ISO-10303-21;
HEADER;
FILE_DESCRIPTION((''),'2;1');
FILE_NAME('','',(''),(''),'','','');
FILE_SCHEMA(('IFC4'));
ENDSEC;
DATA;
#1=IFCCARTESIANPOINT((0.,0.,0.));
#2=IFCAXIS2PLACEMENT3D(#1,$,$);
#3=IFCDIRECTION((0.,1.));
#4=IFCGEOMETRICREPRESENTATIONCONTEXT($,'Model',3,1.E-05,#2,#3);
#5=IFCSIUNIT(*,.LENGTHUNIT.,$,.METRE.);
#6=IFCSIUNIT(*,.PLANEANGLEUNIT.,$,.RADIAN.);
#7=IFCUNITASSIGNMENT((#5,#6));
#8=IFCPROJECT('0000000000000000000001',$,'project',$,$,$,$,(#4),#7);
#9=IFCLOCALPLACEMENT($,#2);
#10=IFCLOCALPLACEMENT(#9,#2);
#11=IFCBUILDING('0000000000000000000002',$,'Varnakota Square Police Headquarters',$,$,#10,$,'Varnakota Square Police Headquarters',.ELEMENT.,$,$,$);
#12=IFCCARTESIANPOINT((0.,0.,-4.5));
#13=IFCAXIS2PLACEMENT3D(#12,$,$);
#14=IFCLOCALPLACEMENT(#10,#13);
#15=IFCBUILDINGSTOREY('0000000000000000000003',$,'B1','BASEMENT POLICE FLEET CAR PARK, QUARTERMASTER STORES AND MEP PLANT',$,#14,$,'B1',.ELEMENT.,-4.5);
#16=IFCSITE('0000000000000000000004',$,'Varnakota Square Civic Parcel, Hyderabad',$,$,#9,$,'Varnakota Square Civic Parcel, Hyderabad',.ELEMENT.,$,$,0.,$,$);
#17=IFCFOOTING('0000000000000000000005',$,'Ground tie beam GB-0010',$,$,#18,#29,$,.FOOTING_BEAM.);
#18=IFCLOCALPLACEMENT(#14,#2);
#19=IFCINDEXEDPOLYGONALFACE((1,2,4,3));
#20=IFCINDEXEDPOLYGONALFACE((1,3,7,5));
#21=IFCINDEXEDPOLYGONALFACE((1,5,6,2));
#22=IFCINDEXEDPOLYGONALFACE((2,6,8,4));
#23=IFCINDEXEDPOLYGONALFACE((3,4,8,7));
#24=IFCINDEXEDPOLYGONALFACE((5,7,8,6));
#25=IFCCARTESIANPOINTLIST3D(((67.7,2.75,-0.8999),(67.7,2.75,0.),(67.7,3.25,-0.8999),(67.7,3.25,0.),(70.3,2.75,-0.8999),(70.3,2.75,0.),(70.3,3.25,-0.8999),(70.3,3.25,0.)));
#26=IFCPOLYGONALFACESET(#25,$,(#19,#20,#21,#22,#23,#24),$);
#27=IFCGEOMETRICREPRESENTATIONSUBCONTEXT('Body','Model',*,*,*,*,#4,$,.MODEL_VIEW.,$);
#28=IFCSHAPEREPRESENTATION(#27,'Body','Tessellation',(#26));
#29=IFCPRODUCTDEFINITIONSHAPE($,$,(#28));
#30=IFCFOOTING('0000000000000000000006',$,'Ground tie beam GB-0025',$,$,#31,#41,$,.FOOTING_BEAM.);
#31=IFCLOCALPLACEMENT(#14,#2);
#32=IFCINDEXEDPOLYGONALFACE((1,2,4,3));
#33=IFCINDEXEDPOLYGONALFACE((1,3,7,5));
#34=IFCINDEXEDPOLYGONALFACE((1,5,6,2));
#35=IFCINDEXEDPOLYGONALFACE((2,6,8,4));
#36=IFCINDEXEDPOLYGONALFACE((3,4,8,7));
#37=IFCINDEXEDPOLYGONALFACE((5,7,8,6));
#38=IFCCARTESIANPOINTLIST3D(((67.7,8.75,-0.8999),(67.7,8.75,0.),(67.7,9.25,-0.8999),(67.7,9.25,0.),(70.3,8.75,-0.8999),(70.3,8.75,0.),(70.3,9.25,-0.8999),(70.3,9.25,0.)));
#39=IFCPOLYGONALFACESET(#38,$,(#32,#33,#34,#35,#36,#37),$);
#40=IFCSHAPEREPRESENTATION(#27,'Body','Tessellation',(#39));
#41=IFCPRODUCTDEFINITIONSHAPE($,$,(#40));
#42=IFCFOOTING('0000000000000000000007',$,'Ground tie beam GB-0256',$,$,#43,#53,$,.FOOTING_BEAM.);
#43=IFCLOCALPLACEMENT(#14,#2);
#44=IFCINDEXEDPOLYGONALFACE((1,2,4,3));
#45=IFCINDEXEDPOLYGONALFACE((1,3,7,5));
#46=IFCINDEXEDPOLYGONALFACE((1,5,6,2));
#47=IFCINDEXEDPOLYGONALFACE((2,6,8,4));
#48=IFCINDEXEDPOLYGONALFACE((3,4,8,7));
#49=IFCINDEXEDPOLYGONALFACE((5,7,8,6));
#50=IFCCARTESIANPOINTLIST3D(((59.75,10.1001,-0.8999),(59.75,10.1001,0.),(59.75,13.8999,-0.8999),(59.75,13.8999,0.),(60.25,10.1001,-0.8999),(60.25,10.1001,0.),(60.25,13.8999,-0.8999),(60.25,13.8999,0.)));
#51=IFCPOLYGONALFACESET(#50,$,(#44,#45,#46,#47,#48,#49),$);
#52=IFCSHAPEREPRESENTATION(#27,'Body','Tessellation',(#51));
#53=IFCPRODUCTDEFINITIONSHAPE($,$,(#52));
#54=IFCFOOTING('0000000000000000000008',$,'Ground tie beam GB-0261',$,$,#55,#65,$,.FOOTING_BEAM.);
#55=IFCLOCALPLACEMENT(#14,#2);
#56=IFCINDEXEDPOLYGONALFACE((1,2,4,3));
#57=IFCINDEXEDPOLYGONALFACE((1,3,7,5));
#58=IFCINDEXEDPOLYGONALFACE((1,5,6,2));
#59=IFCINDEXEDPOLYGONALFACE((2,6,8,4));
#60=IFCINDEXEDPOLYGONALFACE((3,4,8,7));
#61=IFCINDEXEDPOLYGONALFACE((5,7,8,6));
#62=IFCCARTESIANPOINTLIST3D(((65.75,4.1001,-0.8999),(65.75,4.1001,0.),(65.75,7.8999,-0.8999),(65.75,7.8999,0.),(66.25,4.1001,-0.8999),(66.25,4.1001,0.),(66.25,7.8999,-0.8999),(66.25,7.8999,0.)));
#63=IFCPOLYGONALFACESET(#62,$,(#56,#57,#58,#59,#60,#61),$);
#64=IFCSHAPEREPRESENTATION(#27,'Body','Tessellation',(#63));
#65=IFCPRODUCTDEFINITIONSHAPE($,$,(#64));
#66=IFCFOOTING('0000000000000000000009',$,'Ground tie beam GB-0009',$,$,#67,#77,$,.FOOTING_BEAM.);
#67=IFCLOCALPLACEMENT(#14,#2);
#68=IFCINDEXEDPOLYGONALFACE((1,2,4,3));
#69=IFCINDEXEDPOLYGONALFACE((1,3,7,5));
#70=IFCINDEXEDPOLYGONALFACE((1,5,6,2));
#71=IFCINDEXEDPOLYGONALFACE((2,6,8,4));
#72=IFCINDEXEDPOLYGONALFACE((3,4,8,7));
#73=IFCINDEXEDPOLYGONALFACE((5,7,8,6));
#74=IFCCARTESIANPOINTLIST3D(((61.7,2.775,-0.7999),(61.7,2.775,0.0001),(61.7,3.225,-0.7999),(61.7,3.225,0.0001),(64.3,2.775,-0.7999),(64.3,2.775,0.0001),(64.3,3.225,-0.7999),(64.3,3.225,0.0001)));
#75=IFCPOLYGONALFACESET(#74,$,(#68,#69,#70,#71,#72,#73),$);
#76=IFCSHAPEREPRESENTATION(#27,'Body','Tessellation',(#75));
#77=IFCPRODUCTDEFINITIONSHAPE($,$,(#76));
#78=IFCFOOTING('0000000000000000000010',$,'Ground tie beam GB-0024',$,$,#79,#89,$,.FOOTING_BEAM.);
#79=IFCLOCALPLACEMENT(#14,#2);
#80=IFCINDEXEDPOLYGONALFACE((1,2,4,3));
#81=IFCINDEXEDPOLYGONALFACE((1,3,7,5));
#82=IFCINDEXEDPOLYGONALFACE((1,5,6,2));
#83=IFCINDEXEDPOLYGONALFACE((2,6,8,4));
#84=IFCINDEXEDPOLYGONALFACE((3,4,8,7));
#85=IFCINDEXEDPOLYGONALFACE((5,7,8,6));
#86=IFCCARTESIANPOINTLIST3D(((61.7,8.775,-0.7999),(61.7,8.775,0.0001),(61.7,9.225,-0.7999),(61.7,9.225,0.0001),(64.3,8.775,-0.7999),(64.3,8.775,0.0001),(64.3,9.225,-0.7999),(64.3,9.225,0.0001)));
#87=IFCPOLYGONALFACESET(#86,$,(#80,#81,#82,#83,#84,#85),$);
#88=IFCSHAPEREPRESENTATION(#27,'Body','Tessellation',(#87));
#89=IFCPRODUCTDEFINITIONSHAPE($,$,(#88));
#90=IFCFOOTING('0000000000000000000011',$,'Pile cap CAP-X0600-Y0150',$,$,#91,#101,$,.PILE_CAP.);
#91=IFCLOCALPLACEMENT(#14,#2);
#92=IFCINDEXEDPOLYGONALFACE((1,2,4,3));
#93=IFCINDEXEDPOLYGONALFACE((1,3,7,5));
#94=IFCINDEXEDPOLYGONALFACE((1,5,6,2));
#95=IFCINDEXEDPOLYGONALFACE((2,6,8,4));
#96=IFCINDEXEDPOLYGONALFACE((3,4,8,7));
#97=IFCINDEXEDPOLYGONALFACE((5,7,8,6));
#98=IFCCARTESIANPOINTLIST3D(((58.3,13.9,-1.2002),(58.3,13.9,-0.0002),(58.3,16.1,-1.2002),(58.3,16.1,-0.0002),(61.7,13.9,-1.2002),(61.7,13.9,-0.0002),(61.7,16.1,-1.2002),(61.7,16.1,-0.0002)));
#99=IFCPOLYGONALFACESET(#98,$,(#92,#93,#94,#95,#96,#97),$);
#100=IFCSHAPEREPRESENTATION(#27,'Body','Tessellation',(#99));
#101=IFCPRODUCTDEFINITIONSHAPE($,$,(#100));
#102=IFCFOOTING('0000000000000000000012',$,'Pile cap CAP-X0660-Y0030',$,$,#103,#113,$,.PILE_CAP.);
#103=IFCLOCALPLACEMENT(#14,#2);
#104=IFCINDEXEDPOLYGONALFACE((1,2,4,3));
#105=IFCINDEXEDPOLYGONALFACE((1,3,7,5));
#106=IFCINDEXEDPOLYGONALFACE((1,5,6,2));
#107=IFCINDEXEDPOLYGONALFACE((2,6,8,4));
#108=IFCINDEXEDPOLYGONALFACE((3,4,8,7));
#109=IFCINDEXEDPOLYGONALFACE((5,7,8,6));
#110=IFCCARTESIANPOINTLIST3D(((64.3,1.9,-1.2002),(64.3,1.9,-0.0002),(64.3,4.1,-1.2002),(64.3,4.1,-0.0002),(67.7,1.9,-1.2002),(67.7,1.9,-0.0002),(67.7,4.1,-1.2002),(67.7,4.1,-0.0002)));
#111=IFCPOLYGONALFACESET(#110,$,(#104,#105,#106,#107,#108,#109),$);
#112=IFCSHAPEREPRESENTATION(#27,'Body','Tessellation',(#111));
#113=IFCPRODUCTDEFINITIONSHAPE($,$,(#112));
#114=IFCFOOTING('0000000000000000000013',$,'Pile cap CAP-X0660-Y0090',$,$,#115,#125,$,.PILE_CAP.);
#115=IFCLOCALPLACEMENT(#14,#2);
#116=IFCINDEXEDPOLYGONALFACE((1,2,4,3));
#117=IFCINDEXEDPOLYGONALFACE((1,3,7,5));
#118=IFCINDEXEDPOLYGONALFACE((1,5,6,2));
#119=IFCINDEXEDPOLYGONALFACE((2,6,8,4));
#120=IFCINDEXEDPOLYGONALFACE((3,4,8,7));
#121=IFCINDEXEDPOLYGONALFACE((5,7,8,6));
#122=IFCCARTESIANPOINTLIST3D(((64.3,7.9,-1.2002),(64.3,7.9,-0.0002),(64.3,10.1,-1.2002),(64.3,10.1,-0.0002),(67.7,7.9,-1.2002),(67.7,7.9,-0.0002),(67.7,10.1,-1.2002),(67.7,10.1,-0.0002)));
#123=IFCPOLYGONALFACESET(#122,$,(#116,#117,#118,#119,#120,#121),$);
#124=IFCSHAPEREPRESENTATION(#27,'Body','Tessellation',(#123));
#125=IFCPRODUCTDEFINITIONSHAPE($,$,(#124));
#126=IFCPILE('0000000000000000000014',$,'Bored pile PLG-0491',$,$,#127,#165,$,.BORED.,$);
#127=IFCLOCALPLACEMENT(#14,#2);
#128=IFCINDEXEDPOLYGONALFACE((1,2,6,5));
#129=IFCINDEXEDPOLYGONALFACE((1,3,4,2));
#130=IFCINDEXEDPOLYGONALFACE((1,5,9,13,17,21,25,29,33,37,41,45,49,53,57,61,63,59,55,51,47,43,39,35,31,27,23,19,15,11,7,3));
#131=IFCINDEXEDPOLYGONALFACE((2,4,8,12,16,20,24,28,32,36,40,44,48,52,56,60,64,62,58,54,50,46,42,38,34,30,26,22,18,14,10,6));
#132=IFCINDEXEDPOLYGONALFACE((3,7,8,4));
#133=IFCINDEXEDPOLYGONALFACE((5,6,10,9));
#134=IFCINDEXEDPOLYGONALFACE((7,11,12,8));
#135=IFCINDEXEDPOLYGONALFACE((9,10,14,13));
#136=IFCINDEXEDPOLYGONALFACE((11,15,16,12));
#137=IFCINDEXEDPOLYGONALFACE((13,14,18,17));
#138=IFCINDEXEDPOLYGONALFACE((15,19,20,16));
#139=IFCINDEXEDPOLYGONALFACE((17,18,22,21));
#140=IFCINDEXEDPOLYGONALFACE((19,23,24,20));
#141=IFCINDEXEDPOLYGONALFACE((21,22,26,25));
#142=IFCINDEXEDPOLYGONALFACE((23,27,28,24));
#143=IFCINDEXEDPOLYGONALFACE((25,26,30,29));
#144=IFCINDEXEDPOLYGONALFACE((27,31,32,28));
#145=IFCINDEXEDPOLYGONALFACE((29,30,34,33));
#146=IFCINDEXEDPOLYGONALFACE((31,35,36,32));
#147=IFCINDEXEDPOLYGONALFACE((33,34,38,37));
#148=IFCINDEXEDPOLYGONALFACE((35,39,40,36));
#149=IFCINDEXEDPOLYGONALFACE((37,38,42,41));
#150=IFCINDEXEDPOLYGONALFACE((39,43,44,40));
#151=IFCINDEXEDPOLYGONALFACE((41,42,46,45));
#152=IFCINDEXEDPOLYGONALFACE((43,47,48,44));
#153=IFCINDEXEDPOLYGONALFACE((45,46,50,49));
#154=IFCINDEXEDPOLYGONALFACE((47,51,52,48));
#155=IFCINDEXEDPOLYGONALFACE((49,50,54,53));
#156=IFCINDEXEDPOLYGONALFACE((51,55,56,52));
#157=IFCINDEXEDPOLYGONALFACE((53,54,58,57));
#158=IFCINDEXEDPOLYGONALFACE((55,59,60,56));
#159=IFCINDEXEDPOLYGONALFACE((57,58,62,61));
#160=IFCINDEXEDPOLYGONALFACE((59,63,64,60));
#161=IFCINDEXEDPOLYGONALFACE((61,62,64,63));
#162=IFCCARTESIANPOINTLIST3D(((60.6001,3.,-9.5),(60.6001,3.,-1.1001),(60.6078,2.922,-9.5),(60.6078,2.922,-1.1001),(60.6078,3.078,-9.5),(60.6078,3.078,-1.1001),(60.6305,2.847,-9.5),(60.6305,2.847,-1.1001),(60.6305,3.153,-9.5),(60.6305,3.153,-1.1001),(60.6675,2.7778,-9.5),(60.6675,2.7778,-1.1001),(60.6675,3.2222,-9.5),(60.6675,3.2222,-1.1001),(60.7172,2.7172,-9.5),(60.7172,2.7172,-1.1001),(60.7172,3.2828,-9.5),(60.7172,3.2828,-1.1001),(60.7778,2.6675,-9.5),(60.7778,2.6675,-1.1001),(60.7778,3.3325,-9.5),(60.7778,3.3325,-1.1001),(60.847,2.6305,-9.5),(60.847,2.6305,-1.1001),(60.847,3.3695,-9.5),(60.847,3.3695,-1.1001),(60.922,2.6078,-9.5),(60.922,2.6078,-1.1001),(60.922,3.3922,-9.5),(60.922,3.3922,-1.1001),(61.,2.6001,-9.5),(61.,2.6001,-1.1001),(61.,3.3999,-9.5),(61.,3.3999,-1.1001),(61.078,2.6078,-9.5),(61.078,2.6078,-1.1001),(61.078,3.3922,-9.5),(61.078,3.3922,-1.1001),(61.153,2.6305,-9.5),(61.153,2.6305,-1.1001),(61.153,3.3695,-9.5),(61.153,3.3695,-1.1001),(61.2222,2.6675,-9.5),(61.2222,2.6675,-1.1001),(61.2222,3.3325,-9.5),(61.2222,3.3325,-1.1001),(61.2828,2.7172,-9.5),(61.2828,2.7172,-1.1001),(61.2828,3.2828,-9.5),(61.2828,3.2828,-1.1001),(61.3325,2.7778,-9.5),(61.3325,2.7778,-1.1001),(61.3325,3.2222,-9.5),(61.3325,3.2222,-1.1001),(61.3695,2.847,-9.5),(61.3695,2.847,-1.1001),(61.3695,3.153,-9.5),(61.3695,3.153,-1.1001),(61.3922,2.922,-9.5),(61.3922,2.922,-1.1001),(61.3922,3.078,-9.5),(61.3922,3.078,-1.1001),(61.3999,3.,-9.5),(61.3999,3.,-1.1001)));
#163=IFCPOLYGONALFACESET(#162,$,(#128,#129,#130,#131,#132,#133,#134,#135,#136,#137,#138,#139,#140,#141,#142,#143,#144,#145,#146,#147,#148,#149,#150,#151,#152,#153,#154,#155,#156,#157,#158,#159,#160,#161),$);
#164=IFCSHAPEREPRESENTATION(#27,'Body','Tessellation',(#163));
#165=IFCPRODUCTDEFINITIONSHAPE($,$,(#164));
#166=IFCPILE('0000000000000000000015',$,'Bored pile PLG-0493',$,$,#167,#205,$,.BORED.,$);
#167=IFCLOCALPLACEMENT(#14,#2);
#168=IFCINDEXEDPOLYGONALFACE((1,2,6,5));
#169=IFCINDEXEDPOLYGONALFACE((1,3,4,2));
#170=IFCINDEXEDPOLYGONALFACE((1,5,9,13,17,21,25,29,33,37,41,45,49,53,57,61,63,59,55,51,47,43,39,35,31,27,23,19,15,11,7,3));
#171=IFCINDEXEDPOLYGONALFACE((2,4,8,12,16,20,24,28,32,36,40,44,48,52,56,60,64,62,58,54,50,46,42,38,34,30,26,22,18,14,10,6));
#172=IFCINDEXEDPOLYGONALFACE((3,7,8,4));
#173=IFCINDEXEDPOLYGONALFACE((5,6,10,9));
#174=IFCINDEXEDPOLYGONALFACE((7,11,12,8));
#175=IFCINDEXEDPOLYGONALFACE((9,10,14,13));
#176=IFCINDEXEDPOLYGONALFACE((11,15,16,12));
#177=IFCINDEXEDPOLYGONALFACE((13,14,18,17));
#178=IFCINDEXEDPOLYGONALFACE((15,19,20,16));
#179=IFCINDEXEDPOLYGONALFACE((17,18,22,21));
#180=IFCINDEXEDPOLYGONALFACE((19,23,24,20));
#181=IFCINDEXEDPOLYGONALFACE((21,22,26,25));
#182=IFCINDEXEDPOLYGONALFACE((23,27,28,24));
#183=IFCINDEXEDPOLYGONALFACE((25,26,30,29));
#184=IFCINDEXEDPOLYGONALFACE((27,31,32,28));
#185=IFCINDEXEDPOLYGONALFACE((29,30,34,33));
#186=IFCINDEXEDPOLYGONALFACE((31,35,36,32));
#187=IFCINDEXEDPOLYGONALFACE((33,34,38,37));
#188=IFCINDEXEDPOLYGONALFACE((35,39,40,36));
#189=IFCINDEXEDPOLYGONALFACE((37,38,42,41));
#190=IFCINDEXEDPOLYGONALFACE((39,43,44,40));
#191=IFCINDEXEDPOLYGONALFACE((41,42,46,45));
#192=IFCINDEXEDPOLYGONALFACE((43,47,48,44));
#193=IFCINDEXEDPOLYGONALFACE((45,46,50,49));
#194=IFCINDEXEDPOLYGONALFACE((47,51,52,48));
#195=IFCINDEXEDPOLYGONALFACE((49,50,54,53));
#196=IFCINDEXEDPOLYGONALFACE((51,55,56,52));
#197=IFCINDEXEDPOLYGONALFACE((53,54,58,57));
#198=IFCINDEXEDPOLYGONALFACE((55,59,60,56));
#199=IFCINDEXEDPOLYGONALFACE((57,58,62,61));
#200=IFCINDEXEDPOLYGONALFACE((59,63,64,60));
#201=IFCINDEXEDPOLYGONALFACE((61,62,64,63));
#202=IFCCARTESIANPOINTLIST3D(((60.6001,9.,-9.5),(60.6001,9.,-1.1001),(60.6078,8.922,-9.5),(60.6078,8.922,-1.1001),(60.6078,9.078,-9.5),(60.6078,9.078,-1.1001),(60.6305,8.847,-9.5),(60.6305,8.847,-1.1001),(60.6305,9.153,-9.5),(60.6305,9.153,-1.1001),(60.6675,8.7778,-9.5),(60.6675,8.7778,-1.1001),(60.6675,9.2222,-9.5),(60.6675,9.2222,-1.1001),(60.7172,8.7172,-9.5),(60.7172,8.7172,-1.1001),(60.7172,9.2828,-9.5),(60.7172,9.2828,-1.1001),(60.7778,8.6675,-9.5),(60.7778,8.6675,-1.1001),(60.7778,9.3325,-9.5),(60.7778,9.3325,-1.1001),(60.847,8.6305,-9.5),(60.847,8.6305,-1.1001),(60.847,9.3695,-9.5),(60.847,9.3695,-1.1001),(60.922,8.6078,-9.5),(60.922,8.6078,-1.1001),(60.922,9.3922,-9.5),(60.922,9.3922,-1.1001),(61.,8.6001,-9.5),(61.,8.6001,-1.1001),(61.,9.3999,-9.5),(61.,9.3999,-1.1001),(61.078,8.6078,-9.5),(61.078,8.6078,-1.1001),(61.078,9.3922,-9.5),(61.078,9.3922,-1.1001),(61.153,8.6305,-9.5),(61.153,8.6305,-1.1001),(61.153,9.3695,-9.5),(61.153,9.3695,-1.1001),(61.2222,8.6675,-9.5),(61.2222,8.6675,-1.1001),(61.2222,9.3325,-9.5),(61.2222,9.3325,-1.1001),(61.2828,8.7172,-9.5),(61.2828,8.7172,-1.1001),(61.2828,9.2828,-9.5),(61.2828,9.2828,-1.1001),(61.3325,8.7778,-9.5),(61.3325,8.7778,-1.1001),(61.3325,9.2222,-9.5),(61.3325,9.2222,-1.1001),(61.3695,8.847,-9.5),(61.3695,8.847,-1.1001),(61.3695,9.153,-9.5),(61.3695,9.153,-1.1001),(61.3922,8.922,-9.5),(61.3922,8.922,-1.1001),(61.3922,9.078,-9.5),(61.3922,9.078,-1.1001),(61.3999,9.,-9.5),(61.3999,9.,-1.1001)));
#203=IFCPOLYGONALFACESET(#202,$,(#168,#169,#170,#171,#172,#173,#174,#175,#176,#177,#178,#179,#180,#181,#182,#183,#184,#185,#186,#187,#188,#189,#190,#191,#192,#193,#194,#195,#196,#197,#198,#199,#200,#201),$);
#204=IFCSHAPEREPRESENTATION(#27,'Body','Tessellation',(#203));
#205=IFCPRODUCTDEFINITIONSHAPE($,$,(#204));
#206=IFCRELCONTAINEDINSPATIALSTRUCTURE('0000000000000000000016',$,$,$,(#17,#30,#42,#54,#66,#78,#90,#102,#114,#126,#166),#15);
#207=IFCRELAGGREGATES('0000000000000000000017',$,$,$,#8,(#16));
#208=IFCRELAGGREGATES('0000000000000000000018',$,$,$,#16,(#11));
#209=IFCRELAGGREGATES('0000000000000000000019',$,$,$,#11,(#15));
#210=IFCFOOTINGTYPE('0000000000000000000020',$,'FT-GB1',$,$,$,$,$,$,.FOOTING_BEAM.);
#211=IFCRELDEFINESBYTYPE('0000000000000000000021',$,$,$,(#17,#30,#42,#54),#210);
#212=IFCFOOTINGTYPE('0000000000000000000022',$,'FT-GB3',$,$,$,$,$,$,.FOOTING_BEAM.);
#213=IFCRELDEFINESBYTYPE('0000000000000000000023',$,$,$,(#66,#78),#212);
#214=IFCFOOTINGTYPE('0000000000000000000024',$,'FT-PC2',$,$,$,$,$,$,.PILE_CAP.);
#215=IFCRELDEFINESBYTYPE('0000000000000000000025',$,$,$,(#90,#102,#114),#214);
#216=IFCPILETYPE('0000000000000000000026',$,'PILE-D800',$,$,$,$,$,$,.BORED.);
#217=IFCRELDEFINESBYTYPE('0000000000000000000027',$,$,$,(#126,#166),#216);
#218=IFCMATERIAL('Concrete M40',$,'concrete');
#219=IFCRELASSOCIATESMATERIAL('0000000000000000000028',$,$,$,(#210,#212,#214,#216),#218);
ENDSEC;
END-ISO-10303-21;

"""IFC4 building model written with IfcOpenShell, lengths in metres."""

from ifc_helpers import new_model, si_unit, direction, frame, origin, origin_2d, place, context, subcontext, project, spatial, rectangle, circle, extrude, material, material_profile, profile_set, type_object, element, save


model = new_model("IFC4")

# Units and contexts
model_context = context("Model", 3, precision=1e-05, world=origin(), true_north=direction((0.0, 1.0)))
body_context = subcontext(model_context, "Body", "Model", "MODEL_VIEW")
ifc_project = project(units=[si_unit("LENGTHUNIT", "METRE"), si_unit("PLANEANGLEUNIT", "RADIAN")], contexts=[model_context])

# Site, building, storey
site_placement = place(None, origin())
site = spatial("IfcSite", under=ifc_project, at=site_placement, Name="Varnakota Square Civic Parcel, Hyderabad", LongName="Varnakota Square Civic Parcel, Hyderabad", CompositionType="ELEMENT", RefElevation=0.0)
building_placement = place(site_placement, origin())
building = spatial("IfcBuilding", under=site, at=building_placement, Name="Varnakota Square Police Headquarters", LongName="Varnakota Square Police Headquarters", CompositionType="ELEMENT")
storey_placement = place(building_placement, frame((0.0, 0.0, -4.5)))
storey = spatial("IfcBuildingStorey", under=building, at=storey_placement, Name="B1", Description="BASEMENT POLICE FLEET CAR PARK, QUARTERMASTER STORES AND MEP PLANT", LongName="B1", CompositionType="ELEMENT", Elevation=-4.5)

# Footings
ifc_material_1 = material(Name="Concrete M40", Category="concrete")
ifc_material_profile_1 = material_profile(ifc_material_1, rectangle(XDim=0.5, YDim=0.8999, at=origin_2d()), Name="GB 500x900")
ifc_profile_set_1 = profile_set([ifc_material_profile_1], Name="Concrete M40")
footing_type_1 = type_object("IfcFootingType", Name="FT-GB1", PredefinedType="FOOTING_BEAM", material=ifc_profile_set_1)
for number, where, z_axis, x_axis, name in (
    (1, (67.7, 3.0, -0.45), (1.0, 0.0, 0.0), (0.0, 1.0, 0.0), "Ground tie beam GB-0010"),
    (2, (67.7, 9.0, -0.45), (1.0, 0.0, 0.0), (0.0, 1.0, 0.0), "Ground tie beam GB-0025"),
):
    element("IfcFooting", number, at=place(storey_placement, frame(where, z_axis=z_axis, x_axis=x_axis)), inside=storey, type_object=footing_type_1, Name=name, PredefinedType="FOOTING_BEAM", context=body_context, shape_type="SweptSolid", body=[
        extrude(rectangle(XDim=0.5, YDim=0.8999, at=origin_2d()), origin(), (0.0, 0.0, 1.0), 2.6001),
    ])
for number, where, z_axis, x_axis, name in (
    (3, (60.0, 10.1001, -0.45), (0.0, 1.0, 0.0), (-1.0, 0.0, 0.0), "Ground tie beam GB-0256"),
    (4, (66.0, 4.1001, -0.45), (0.0, 1.0, 0.0), (-1.0, 0.0, 0.0), "Ground tie beam GB-0261"),
):
    element("IfcFooting", number, at=place(storey_placement, frame(where, z_axis=z_axis, x_axis=x_axis)), inside=storey, type_object=footing_type_1, Name=name, PredefinedType="FOOTING_BEAM", context=body_context, shape_type="SweptSolid", body=[
        extrude(rectangle(XDim=0.5, YDim=0.8999, at=origin_2d()), origin(), (0.0, 0.0, 1.0), 3.7998),
    ])
ifc_material_profile_2 = material_profile(ifc_material_1, rectangle(XDim=0.45, YDim=0.8, at=origin_2d()), Name="GB 450x800")
ifc_profile_set_2 = profile_set([ifc_material_profile_2], Name="Concrete M40")
footing_type_2 = type_object("IfcFootingType", Name="FT-GB3", PredefinedType="FOOTING_BEAM", material=ifc_profile_set_2)
for number, where, z_axis, x_axis, name in (
    (5, (61.7, 3.0, -0.3999), (1.0, 0.0, 0.0), (0.0, 1.0, 0.0), "Ground tie beam GB-0009"),
    (6, (61.7, 9.0, -0.3999), (1.0, 0.0, 0.0), (0.0, 1.0, 0.0), "Ground tie beam GB-0024"),
):
    element("IfcFooting", number, at=place(storey_placement, frame(where, z_axis=z_axis, x_axis=x_axis)), inside=storey, type_object=footing_type_2, Name=name, PredefinedType="FOOTING_BEAM", context=body_context, shape_type="SweptSolid", body=[
        extrude(rectangle(XDim=0.45, YDim=0.8, at=origin_2d()), origin(), (0.0, 0.0, 1.0), 2.6001),
    ])
footing_type_3 = type_object("IfcFootingType", Name="FT-PC2", PredefinedType="PILE_CAP", material=ifc_material_1)
for number, where, z_axis, x_axis, name in (
    (7, (60.0, 15.0, -1.2002), (0.0, 0.0, 1.0), (1.0, 0.0, 0.0), "Pile cap CAP-X0600-Y0150"),
    (8, (66.0, 3.0, -1.2002), (0.0, 0.0, 1.0), (1.0, 0.0, 0.0), "Pile cap CAP-X0660-Y0030"),
    (9, (66.0, 9.0, -1.2002), (0.0, 0.0, 1.0), (1.0, 0.0, 0.0), "Pile cap CAP-X0660-Y0090"),
):
    element("IfcFooting", number, at=place(storey_placement, frame(where, z_axis=z_axis, x_axis=x_axis)), inside=storey, type_object=footing_type_3, Name=name, PredefinedType="PILE_CAP", context=body_context, shape_type="SweptSolid", body=[
        extrude(rectangle(XDim=3.3999, YDim=2.2, at=origin_2d()), origin(), (0.0, 0.0, 1.0), 1.2),
    ])

# Piles
ifc_material_profile_3 = material_profile(ifc_material_1, circle(Radius=0.3999, at=origin_2d()), Name="BORED PILE 800")
ifc_profile_set_3 = profile_set([ifc_material_profile_3], Name="Concrete M40")
pile_type = type_object("IfcPileType", Name="PILE-D800", PredefinedType="BORED", material=ifc_profile_set_3)
for number, where, z_axis, x_axis, name in (
    (10, (61.0, 3.0, -1.1001), (0.0, 0.0, -1.0), (1.0, 0.0, 0.0), "Bored pile PLG-0491"),
    (11, (61.0, 9.0, -1.1001), (0.0, 0.0, -1.0), (1.0, 0.0, 0.0), "Bored pile PLG-0493"),
):
    element("IfcPile", number, at=place(storey_placement, frame(where, z_axis=z_axis, x_axis=x_axis)), inside=storey, type_object=pile_type, Name=name, PredefinedType="BORED", context=body_context, shape_type="SweptSolid", body=[
        extrude(circle(Radius=0.3999, at=origin_2d()), origin(), (0.0, 0.0, 1.0), 8.3999),
    ])

save(model, "model.ifc")
